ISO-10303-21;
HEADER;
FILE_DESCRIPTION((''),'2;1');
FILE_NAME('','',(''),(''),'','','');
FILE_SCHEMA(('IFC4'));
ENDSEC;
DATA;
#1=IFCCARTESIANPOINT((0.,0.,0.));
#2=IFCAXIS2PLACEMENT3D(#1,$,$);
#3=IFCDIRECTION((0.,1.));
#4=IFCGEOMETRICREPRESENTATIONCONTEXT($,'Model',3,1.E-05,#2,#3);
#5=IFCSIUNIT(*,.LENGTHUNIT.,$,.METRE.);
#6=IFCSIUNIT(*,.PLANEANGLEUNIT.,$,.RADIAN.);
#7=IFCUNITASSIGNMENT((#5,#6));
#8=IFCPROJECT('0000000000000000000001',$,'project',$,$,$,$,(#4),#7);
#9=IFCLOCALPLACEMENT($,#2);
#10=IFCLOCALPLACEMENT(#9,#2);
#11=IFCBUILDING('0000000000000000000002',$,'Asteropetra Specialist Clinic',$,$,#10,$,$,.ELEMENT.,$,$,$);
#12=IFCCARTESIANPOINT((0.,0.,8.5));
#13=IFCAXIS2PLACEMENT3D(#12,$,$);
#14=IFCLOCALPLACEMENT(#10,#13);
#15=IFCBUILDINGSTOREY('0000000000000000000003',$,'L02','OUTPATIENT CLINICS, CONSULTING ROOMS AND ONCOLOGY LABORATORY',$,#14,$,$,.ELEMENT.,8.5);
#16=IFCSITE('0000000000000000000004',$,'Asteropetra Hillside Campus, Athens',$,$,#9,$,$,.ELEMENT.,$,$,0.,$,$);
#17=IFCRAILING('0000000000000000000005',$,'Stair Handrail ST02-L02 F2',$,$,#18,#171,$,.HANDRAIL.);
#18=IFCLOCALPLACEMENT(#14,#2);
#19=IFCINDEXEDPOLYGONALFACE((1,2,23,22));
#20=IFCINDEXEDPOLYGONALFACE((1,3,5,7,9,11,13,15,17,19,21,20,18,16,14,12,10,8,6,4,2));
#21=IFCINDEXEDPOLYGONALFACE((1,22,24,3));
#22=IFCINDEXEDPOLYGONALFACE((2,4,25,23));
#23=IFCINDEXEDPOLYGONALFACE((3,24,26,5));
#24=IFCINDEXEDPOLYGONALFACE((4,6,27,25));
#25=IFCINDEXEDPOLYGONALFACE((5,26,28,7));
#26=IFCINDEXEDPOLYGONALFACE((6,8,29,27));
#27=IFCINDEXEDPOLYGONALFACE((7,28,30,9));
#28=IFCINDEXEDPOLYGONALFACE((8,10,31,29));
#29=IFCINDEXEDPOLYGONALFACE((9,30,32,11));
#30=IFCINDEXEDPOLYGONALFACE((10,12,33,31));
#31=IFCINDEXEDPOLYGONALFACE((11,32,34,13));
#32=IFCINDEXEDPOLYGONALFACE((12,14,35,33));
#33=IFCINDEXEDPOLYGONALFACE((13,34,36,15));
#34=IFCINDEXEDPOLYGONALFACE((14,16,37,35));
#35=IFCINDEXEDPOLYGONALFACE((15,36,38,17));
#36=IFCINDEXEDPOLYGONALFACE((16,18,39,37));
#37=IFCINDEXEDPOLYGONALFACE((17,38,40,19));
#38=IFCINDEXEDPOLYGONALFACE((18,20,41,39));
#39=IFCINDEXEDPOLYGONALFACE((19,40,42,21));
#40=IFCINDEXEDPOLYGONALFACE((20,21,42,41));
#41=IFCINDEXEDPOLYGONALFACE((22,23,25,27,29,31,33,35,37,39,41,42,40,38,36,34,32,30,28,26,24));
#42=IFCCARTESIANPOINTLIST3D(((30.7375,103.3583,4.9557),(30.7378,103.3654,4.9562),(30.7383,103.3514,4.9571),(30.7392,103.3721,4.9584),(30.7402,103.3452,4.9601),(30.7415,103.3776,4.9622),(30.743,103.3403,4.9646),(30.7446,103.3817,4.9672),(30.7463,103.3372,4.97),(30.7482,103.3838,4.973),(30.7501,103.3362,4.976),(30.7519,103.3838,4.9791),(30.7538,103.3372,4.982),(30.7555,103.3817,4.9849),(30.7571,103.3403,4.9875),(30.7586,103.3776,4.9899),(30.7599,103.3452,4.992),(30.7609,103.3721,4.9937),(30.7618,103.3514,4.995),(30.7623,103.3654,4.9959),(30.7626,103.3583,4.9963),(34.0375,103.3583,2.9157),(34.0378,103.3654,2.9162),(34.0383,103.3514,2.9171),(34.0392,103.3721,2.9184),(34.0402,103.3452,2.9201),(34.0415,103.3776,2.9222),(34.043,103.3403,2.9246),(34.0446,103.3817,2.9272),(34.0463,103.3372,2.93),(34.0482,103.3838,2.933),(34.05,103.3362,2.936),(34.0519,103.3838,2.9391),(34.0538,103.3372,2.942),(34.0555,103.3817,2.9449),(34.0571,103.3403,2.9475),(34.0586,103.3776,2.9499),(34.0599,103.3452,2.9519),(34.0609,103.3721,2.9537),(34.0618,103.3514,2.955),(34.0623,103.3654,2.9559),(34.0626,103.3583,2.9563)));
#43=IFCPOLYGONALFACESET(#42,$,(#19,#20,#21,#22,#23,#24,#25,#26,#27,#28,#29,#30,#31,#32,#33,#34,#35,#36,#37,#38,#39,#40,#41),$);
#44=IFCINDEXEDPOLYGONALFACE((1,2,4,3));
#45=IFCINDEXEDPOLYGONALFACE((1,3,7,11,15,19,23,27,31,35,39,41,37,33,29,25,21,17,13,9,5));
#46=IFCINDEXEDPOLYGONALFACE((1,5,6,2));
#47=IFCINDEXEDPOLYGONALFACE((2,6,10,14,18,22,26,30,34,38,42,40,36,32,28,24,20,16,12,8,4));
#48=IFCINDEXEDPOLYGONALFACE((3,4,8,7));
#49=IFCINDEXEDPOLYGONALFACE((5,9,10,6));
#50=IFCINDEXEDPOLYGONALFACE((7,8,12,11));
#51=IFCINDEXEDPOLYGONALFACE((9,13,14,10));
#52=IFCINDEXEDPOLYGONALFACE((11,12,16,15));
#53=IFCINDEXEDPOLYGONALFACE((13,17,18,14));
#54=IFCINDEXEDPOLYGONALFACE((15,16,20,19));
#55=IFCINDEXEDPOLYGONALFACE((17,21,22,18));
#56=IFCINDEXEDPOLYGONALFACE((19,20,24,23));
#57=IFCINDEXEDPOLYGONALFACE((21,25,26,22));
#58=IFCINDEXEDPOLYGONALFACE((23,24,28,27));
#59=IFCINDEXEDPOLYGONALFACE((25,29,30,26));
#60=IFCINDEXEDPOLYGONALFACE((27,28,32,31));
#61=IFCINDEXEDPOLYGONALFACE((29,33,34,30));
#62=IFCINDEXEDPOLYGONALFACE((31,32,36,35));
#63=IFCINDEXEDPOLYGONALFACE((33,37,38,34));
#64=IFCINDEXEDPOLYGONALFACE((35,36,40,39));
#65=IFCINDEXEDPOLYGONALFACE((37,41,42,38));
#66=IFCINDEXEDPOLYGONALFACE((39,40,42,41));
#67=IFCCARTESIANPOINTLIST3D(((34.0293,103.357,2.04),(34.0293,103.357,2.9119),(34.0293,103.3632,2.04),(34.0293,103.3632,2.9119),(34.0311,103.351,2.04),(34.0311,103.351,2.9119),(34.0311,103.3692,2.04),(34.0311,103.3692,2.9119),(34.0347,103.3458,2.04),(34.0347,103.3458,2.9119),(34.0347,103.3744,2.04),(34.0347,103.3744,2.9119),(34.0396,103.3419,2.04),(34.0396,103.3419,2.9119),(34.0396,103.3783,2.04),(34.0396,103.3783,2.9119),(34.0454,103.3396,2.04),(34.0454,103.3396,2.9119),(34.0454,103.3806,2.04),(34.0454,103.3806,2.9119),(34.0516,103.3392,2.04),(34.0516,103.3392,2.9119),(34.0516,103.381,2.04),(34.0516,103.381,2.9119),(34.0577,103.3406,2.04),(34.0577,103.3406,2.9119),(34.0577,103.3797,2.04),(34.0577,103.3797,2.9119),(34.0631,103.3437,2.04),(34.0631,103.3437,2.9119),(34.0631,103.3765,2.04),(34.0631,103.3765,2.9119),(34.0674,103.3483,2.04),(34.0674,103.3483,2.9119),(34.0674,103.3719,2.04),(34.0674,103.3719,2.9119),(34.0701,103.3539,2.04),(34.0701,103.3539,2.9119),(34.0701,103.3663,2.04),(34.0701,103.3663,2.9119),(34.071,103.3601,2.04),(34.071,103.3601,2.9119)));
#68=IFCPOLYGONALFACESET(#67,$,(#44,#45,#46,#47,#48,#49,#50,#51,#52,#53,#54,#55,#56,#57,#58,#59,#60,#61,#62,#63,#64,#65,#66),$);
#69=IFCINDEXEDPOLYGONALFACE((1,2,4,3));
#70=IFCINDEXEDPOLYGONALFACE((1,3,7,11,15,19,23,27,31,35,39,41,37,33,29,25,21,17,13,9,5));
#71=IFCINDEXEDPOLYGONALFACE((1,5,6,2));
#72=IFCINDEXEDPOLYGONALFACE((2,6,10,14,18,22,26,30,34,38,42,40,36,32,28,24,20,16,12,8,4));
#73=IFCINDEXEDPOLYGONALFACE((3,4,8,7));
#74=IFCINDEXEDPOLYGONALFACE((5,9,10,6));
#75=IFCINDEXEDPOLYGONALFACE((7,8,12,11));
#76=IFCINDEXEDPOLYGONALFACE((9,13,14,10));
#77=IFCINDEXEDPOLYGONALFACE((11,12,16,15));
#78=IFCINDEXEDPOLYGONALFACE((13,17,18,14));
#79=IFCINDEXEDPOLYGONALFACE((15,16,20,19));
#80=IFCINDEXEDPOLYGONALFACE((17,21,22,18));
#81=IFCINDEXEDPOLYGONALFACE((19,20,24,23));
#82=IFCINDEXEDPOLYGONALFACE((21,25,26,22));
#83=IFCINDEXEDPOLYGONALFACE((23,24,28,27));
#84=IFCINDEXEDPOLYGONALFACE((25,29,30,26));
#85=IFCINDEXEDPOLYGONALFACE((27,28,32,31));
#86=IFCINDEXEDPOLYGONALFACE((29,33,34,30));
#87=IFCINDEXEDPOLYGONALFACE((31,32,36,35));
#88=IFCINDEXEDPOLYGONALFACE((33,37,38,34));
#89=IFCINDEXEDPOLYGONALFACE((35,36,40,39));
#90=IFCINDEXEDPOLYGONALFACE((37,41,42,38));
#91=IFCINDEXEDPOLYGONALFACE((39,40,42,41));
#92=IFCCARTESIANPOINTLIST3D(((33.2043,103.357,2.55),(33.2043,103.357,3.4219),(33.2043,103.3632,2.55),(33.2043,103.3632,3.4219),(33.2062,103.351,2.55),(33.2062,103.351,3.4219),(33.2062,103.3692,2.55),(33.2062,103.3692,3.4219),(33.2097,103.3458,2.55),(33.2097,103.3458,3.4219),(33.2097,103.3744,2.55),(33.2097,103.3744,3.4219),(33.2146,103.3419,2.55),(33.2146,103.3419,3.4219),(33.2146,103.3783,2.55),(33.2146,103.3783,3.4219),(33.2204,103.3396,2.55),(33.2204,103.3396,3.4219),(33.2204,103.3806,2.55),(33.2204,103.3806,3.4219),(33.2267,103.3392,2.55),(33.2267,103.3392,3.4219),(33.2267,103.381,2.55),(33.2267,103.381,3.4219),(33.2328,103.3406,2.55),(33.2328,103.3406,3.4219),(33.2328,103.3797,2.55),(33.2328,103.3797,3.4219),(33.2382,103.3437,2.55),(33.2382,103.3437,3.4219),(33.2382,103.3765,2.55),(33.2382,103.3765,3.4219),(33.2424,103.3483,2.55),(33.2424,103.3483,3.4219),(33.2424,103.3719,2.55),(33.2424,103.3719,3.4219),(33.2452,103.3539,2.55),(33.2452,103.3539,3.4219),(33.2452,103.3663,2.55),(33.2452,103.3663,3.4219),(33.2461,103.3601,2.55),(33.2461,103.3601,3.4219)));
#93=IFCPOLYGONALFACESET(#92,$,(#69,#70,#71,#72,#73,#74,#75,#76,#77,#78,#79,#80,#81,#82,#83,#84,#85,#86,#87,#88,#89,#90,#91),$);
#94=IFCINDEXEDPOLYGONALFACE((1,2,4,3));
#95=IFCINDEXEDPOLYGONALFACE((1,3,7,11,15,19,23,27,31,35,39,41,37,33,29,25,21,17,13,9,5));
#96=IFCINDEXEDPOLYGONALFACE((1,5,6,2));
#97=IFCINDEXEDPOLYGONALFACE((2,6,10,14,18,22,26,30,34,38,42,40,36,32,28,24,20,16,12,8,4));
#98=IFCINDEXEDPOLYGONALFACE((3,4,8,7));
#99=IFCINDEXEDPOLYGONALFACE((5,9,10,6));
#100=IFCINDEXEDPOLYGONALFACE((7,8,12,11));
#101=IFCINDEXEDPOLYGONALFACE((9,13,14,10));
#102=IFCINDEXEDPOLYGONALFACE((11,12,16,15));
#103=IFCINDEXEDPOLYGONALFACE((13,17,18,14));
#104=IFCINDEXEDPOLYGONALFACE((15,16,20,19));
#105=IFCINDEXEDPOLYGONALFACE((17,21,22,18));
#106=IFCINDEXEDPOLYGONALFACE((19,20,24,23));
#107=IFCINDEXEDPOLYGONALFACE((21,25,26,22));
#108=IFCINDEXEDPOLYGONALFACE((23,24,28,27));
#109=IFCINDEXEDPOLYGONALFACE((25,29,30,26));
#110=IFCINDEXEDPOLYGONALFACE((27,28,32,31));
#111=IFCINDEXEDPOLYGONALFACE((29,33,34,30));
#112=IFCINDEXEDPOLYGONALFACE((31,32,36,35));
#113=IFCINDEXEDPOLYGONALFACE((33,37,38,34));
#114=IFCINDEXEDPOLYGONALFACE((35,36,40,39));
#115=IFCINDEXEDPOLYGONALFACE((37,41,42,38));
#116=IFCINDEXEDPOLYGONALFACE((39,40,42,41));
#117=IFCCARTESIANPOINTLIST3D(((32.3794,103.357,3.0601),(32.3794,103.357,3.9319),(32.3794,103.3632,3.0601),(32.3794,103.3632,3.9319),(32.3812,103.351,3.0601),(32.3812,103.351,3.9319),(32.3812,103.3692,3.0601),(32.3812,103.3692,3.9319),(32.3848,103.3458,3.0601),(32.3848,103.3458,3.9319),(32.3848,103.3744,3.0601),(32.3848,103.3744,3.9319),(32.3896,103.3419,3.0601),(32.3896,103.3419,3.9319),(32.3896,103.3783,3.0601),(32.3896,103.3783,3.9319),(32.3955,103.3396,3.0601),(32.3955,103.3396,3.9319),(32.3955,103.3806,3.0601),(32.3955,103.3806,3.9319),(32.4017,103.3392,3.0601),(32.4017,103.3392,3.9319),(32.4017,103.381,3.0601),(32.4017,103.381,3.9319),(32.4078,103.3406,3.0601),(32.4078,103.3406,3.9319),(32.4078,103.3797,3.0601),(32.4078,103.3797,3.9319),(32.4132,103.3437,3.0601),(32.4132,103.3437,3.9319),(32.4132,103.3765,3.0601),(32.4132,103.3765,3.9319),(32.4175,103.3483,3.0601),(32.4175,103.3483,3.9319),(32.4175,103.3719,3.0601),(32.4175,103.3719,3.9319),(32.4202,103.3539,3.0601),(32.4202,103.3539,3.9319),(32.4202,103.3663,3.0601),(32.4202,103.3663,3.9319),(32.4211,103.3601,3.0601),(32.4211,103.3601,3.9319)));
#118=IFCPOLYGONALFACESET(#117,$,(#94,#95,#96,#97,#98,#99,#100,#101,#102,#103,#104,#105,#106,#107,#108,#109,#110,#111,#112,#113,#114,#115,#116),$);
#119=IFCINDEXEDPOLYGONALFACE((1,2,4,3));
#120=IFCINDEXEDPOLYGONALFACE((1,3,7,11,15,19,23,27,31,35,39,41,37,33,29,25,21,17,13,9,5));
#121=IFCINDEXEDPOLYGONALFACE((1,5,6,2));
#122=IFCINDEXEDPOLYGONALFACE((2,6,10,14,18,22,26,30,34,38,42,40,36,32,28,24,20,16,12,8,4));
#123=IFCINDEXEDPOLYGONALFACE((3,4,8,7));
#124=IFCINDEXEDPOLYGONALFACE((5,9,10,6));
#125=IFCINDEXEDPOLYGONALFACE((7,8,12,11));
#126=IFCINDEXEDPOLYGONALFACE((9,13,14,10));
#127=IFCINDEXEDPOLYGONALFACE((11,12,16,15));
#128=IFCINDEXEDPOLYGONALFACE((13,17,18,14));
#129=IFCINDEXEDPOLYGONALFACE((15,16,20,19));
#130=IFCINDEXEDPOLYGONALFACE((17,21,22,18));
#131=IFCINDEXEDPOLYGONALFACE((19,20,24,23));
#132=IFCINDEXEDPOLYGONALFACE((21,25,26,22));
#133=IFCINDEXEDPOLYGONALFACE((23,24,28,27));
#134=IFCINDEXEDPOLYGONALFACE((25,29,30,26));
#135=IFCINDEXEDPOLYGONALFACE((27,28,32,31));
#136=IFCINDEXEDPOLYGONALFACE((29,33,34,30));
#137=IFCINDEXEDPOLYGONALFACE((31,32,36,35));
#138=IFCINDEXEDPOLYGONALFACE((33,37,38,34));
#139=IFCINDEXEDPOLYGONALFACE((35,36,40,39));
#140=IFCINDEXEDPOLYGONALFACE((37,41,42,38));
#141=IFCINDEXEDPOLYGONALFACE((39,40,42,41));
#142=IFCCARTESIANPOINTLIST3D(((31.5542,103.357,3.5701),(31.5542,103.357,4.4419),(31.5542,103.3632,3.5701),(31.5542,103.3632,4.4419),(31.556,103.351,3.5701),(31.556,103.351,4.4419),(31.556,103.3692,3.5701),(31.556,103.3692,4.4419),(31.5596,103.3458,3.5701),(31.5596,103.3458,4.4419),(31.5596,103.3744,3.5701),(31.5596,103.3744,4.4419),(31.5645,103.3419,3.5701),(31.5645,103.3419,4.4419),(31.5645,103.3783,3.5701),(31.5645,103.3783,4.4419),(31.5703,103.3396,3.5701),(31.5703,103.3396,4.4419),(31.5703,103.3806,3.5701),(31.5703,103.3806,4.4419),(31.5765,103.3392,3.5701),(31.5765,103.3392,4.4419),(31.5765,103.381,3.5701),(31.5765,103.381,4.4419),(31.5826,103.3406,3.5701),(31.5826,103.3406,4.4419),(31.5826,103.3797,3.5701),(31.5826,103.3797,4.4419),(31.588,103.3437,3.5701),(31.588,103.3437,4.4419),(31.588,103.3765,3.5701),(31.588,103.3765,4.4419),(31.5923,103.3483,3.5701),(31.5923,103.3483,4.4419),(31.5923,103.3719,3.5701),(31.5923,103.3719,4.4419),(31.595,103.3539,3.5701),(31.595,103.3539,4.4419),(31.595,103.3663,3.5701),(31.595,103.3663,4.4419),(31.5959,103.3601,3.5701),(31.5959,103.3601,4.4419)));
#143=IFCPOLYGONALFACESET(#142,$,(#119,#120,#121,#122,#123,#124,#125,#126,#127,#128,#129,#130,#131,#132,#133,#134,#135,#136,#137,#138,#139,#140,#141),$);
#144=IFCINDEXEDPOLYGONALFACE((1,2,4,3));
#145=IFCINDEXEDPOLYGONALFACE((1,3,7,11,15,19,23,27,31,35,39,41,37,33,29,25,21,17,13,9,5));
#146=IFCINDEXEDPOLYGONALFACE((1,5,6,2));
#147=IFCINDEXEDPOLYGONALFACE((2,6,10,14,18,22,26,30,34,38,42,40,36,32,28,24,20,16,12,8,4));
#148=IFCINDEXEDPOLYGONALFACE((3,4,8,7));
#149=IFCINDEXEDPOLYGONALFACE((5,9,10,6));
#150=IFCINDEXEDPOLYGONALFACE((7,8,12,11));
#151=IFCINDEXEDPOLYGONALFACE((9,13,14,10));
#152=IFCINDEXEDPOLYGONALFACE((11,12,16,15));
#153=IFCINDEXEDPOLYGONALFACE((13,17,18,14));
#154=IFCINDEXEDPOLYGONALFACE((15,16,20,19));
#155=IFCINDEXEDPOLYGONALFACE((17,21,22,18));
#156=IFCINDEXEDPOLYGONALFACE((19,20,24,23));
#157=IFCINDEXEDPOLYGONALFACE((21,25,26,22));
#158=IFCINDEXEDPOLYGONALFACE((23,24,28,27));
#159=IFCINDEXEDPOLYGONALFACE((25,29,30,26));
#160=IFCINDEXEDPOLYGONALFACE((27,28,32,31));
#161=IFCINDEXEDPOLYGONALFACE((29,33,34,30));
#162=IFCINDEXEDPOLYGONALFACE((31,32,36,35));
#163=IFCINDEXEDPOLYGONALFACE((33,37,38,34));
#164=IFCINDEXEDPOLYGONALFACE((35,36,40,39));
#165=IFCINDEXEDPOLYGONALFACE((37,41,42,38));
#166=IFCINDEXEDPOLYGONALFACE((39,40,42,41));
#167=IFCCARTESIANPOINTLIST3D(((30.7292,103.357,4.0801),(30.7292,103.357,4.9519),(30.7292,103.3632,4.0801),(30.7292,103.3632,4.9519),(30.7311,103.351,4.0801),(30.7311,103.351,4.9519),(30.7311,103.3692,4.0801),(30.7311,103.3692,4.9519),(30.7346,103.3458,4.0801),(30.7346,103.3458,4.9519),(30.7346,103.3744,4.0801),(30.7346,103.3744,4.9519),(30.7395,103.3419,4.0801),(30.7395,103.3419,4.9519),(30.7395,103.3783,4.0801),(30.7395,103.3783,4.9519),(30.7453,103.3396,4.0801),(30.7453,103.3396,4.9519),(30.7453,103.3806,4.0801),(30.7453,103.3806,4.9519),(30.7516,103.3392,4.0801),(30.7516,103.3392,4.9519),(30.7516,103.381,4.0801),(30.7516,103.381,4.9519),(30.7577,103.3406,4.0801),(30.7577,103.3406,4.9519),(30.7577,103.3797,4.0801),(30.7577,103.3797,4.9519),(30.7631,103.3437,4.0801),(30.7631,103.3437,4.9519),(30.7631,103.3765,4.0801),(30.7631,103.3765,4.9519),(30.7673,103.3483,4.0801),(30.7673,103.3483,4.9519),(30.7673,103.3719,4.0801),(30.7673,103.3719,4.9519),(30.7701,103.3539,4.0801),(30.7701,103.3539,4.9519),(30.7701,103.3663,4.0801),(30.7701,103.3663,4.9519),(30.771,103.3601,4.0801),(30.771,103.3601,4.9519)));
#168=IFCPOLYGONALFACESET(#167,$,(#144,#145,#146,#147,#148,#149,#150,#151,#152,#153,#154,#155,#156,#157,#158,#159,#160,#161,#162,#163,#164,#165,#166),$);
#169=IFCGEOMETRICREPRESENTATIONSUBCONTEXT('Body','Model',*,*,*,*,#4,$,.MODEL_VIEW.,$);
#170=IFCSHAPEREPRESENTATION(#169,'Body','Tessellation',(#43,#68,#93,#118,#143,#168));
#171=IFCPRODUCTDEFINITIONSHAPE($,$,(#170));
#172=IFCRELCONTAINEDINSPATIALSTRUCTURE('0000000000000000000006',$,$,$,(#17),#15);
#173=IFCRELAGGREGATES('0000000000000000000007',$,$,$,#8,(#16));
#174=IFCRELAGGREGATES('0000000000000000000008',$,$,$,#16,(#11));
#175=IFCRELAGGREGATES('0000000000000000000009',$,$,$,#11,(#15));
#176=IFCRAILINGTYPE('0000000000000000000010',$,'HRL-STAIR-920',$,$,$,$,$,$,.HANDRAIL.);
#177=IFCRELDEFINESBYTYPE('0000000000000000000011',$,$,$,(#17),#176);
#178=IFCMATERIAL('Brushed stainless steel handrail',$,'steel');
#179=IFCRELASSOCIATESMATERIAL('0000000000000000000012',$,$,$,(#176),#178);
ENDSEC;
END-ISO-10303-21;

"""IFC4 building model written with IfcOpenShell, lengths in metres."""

from ifc_helpers import new_model, si_unit, direction, frame, origin, origin_2d, place, context, subcontext, project, spatial, circle, extrude, material, type_object, element, save


model = new_model("IFC4")

# Units and contexts
model_context = context("Model", 3, precision=1e-05, world=origin(), true_north=direction((0.0, 1.0)))
body_context = subcontext(model_context, "Body", "Model", "MODEL_VIEW")
ifc_project = project(units=[si_unit("LENGTHUNIT", "METRE"), si_unit("PLANEANGLEUNIT", "RADIAN")], contexts=[model_context])

# Site, building, storey
site_placement = place(None, origin())
site = spatial("IfcSite", under=ifc_project, at=site_placement, Name="Asteropetra Hillside Campus, Athens", CompositionType="ELEMENT", RefElevation=0.0)
building_placement = place(site_placement, origin())
building = spatial("IfcBuilding", under=site, at=building_placement, Name="Asteropetra Specialist Clinic", CompositionType="ELEMENT")
storey_placement = place(building_placement, frame((0.0, 0.0, 8.5)))
storey = spatial("IfcBuildingStorey", under=building, at=storey_placement, Name="L02", Description="OUTPATIENT CLINICS, CONSULTING ROOMS AND ONCOLOGY LABORATORY", CompositionType="ELEMENT", Elevation=8.5)

# Railing
ifc_material_1 = material(Name="Brushed stainless steel handrail", Category="steel")
railing_type_1 = type_object("IfcRailingType", Name="HRL-STAIR-920", PredefinedType="HANDRAIL", material=ifc_material_1)
railing_1_placement = place(storey_placement, frame((34.05, 103.3601, 2.04)))
element("IfcRailing", 1, at=railing_1_placement, inside=storey, type_object=railing_type_1, Name="Stair Handrail ST02-L02 F2", PredefinedType="HANDRAIL", context=body_context, shape_type="SweptSolid", body=[
    extrude(circle(Radius=0.0239, at=origin_2d()), frame((0.0, 0.0, 0.896), z_axis=(-0.850594, 0.0, 0.525824), x_axis=(0.0, -1.0, 0.0)), (0.0, 0.0, 1.0), 3.8796),
    extrude(circle(Radius=0.021, at=origin_2d()), origin(), (0.0, 0.0, 1.0), 0.8718),
    extrude(circle(Radius=0.021, at=origin_2d()), frame((-0.825, 0.0, 0.51)), (0.0, 0.0, 1.0), 0.8718),
    extrude(circle(Radius=0.021, at=origin_2d()), frame((-1.6499, 0.0, 1.02)), (0.0, 0.0, 1.0), 0.8718),
    extrude(circle(Radius=0.021, at=origin_2d()), frame((-2.4751, 0.0, 1.53)), (0.0, 0.0, 1.0), 0.8718),
    extrude(circle(Radius=0.021, at=origin_2d()), frame((-3.3, 0.0, 2.04)), (0.0, 0.0, 1.0), 0.8718),
])

save(model, "model.ifc")
